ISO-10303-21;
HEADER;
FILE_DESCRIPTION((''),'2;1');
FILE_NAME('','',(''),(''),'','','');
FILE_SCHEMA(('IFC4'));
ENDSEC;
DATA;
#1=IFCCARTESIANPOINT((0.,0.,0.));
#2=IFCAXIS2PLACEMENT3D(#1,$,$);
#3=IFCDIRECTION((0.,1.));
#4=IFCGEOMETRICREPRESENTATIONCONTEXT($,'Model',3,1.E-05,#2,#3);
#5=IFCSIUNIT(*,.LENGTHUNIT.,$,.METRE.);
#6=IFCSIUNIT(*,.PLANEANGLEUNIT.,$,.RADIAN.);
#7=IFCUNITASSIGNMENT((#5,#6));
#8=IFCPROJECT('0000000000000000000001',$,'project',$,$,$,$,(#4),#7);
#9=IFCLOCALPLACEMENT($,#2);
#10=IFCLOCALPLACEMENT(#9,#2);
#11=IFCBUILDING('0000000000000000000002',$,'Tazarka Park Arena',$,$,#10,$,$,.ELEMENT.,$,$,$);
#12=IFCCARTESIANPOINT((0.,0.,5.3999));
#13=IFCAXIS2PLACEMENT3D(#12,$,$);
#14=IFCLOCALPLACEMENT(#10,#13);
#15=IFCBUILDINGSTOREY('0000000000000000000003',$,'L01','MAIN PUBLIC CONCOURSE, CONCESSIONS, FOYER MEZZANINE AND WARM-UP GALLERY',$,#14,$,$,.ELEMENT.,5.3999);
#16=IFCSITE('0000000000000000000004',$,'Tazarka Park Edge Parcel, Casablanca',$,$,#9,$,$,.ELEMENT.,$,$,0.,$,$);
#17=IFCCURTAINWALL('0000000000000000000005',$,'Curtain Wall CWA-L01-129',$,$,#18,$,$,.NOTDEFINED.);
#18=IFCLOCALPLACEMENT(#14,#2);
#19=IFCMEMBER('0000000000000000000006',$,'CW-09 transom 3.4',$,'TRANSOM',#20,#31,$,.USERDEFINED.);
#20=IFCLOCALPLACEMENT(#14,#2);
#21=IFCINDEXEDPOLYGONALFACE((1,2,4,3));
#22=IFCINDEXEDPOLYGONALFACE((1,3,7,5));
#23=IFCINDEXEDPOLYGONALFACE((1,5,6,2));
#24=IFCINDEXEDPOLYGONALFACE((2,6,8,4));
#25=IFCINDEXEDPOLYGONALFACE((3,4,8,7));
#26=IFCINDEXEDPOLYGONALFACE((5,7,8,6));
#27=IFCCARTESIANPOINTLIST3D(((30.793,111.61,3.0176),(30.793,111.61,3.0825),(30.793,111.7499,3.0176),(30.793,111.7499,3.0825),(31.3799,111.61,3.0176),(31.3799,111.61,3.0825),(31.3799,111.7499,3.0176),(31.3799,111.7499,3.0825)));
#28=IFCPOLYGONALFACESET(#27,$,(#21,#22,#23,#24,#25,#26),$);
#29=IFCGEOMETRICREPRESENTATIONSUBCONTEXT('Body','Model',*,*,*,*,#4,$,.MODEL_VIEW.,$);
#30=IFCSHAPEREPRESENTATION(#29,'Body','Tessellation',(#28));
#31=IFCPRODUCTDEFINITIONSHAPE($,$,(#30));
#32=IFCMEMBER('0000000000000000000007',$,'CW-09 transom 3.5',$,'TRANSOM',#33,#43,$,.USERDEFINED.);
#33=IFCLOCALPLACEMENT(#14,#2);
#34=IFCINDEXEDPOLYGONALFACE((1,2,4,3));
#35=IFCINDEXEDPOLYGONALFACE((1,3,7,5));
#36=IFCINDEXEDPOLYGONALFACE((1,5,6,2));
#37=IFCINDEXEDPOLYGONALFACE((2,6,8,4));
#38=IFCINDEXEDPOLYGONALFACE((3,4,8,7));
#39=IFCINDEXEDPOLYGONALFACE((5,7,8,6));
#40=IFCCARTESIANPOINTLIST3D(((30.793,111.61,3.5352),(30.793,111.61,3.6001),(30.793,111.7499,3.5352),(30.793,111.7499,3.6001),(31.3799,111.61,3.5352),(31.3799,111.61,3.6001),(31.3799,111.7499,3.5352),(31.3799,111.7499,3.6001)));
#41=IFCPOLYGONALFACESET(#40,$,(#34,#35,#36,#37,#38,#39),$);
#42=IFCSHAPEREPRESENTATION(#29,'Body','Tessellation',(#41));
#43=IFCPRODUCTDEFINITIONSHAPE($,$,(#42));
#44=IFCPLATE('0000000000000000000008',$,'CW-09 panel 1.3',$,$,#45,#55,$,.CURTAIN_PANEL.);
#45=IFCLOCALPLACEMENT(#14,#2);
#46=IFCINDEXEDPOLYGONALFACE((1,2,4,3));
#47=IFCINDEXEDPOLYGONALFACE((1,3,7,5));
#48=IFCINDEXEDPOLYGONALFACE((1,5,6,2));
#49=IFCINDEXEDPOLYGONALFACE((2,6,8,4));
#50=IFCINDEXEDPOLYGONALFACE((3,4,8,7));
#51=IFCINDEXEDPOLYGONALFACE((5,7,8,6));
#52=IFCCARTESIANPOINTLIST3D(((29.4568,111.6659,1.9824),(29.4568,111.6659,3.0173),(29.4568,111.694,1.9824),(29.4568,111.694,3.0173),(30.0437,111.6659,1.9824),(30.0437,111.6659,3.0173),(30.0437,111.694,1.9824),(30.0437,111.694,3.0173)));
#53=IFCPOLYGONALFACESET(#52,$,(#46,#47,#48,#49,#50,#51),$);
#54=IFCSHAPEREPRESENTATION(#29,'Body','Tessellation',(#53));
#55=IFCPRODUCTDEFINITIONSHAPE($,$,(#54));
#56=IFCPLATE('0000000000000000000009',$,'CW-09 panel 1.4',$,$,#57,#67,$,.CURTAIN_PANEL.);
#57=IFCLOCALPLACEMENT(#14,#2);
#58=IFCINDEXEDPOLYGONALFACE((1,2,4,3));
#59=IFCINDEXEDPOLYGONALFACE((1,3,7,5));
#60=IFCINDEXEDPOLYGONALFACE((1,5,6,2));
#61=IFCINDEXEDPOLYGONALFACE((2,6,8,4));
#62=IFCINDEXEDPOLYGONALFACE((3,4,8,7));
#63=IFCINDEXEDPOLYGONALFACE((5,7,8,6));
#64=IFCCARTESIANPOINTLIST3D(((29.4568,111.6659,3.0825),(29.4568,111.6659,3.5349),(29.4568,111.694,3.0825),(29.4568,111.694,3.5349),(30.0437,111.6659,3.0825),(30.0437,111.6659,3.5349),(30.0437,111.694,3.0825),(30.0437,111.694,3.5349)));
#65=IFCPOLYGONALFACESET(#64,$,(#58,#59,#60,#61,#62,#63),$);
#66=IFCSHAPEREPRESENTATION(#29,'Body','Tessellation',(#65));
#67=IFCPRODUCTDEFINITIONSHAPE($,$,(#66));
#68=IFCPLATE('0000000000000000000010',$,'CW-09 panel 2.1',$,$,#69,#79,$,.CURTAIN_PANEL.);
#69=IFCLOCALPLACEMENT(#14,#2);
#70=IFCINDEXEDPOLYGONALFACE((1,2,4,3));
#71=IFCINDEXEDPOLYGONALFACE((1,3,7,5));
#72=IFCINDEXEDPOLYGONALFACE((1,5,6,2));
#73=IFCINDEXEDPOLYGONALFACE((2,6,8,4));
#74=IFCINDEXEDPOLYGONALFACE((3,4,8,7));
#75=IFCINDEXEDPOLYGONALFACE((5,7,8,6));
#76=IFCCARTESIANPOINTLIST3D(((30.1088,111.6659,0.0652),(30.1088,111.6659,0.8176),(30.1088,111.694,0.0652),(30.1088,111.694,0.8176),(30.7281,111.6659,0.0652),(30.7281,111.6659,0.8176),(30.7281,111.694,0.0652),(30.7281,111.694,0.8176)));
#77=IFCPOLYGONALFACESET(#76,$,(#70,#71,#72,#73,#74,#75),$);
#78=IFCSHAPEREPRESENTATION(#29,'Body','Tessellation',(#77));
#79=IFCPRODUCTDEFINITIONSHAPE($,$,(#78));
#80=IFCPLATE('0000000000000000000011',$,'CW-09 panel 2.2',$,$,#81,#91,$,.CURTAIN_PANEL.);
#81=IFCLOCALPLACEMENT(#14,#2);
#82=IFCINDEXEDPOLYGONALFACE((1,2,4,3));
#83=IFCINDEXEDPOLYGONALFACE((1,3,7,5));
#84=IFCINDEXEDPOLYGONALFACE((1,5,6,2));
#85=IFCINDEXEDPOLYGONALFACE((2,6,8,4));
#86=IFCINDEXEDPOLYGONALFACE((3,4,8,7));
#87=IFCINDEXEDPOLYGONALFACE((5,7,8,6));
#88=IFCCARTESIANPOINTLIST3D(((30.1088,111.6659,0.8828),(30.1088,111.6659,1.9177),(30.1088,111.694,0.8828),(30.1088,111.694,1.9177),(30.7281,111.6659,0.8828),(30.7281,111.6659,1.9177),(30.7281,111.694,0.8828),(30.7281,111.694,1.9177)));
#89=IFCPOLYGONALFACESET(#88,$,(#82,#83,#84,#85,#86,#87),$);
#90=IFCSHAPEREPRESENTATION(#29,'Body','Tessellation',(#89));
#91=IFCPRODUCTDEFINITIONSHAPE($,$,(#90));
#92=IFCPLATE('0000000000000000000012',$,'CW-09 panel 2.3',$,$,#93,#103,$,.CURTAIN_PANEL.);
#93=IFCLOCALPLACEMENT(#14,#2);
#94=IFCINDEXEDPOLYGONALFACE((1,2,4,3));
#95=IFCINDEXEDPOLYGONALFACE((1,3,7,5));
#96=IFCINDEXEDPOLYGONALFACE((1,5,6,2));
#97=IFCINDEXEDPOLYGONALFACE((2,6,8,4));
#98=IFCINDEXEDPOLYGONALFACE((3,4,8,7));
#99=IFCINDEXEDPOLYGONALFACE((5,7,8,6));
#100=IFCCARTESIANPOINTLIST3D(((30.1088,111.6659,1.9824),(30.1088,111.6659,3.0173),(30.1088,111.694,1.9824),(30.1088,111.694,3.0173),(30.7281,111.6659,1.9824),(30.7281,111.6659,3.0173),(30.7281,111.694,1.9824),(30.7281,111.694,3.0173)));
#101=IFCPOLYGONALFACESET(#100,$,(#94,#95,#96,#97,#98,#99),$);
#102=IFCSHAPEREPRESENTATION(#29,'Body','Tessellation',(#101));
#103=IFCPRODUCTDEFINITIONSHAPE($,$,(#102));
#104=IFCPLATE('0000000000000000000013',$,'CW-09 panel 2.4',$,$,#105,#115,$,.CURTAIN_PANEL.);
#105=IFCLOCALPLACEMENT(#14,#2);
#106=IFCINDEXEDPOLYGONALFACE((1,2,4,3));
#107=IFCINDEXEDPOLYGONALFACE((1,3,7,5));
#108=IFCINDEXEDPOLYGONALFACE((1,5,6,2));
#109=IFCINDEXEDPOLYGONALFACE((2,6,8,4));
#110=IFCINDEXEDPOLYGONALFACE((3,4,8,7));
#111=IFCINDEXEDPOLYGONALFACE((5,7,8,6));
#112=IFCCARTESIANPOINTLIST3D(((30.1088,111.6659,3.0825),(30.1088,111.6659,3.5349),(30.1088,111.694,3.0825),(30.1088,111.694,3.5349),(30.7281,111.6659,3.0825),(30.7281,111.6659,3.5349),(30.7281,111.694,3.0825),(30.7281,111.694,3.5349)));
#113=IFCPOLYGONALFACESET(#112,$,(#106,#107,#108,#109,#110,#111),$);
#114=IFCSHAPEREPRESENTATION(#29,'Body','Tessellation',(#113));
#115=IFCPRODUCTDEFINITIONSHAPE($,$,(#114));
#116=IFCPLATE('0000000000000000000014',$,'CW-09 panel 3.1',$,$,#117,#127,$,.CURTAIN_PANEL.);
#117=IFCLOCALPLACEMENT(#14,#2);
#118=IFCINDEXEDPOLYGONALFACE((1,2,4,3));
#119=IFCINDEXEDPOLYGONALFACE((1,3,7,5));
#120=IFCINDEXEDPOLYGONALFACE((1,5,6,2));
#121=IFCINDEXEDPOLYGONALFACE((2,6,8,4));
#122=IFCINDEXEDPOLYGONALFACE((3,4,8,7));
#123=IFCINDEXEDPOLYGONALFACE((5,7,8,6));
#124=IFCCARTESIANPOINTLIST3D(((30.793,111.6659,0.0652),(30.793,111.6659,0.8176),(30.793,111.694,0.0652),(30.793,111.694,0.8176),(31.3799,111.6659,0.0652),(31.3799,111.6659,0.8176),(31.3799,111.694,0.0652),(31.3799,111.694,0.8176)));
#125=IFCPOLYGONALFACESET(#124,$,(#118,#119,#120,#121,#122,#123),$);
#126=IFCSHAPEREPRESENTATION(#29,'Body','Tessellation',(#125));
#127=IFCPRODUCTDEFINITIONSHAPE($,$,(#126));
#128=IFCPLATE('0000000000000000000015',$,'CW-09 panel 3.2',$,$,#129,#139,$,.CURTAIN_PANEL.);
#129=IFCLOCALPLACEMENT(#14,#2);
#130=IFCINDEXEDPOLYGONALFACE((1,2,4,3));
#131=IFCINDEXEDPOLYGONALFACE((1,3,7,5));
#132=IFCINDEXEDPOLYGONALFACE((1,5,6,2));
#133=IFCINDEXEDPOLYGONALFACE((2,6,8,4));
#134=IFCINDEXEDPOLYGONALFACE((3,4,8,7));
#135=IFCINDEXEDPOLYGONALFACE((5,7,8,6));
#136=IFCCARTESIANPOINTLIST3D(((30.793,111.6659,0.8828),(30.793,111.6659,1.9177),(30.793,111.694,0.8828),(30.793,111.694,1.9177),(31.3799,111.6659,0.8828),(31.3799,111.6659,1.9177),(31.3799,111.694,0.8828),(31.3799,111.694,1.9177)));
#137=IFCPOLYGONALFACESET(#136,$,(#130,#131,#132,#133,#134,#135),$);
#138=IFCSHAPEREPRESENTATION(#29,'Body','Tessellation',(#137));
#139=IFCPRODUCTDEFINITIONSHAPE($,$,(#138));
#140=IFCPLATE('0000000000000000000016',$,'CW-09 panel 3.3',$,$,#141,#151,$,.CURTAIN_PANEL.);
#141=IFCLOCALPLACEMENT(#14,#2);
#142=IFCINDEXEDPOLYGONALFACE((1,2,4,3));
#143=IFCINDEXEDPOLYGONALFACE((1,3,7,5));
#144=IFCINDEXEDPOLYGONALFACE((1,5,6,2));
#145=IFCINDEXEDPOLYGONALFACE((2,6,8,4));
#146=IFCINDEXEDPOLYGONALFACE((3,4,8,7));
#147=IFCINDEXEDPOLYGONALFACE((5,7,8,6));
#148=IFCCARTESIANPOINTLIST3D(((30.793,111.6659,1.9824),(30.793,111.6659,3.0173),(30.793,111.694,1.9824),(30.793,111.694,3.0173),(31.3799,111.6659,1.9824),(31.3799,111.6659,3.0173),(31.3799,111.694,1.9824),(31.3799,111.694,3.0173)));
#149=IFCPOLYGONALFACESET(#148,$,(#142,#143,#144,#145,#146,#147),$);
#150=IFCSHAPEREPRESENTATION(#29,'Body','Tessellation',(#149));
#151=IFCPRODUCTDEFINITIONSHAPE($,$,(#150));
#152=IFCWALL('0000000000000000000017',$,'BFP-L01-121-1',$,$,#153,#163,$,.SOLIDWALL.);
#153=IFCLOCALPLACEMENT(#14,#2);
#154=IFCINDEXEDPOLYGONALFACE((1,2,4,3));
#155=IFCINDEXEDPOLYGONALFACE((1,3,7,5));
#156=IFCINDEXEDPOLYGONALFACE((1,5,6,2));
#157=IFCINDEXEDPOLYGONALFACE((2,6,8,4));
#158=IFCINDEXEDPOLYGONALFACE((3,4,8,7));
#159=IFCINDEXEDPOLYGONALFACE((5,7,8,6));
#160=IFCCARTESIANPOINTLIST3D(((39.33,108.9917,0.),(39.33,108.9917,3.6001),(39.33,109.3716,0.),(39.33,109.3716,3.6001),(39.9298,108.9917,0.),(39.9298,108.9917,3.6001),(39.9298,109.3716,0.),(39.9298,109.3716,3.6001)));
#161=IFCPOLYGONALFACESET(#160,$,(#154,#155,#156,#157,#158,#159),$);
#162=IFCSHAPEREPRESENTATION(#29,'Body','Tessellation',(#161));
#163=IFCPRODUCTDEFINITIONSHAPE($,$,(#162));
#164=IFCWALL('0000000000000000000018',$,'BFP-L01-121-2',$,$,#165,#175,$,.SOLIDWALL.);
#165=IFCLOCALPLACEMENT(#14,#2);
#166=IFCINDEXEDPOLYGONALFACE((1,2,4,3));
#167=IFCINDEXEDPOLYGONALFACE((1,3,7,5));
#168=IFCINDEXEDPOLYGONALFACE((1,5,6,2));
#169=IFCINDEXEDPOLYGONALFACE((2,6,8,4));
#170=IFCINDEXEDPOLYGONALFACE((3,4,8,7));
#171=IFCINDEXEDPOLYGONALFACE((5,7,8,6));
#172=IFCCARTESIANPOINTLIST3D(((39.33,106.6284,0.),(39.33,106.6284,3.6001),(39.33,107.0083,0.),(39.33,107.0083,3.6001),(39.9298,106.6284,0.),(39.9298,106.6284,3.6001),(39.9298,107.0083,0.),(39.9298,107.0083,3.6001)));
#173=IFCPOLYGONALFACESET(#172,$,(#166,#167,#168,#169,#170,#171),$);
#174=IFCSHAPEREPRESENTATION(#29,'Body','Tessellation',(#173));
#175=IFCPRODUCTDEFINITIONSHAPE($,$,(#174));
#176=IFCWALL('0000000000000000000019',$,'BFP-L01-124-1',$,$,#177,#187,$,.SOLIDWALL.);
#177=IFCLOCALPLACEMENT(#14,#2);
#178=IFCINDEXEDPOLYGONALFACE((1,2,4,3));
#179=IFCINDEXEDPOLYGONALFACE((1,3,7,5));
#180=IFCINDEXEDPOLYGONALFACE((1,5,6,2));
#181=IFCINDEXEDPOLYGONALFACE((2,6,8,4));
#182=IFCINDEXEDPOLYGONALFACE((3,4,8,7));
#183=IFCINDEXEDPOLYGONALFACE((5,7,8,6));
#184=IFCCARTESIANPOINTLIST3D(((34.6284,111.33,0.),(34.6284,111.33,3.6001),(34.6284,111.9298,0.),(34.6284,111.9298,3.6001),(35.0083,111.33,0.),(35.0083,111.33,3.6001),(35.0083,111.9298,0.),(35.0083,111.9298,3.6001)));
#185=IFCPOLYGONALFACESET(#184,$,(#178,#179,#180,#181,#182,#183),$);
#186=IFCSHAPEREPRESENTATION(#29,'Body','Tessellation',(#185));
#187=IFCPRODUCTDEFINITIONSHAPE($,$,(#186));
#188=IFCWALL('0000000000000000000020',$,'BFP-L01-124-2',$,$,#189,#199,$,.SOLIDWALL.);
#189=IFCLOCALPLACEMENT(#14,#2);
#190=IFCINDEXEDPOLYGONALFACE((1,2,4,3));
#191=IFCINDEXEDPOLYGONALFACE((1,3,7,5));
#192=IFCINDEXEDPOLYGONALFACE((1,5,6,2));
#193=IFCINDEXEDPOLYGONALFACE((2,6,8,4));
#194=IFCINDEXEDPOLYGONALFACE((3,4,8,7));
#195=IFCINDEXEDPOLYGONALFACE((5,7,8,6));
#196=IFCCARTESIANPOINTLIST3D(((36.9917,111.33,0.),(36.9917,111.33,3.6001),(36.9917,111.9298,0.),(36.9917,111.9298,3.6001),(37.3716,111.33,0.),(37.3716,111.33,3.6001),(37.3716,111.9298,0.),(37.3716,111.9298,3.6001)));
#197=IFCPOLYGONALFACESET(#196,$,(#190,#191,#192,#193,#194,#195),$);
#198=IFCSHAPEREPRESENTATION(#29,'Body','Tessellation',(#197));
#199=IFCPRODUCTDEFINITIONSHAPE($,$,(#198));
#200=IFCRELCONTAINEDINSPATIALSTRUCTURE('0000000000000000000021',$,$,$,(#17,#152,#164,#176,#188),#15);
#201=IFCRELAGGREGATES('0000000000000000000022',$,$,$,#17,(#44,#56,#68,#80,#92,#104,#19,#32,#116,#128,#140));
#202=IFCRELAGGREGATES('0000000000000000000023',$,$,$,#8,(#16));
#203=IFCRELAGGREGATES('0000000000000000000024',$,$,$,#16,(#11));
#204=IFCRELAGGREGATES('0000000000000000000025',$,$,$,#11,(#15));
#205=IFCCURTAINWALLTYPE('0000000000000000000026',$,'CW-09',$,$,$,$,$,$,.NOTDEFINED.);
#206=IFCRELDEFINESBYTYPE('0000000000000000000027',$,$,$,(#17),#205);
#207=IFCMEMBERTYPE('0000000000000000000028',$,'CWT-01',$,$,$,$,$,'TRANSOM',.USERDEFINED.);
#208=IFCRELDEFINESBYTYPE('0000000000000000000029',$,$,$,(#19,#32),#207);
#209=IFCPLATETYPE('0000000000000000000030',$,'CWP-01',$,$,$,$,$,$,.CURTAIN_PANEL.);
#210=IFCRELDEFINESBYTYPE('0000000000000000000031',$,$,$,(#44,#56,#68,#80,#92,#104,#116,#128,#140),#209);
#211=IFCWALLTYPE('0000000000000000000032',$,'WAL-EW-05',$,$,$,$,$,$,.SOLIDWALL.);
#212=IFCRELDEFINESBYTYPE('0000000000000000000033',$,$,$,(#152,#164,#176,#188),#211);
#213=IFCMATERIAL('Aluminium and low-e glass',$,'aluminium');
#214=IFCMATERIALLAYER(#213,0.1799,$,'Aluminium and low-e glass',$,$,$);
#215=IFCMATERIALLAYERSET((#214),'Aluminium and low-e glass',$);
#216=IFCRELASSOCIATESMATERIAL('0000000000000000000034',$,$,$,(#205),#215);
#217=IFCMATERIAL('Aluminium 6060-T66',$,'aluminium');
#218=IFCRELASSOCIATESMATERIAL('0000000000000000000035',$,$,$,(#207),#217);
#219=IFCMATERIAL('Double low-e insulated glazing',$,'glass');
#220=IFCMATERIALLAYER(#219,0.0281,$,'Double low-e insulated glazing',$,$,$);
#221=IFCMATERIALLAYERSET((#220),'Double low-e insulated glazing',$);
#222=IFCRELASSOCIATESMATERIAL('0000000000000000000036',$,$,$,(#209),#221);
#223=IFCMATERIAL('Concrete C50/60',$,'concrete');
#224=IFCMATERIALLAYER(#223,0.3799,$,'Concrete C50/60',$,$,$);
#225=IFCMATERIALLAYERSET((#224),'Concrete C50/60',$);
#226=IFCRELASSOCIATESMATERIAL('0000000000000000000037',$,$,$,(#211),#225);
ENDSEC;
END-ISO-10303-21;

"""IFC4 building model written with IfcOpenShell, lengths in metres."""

from ifc_helpers import new_model, si_unit, direction, frame, frame_2d, origin, origin_2d, place, context, subcontext, project, spatial, rectangle, extrude, material, layer, layer_set, material_profile, profile_set, type_object, element, aggregate, save


model = new_model("IFC4")

# Units and contexts
model_context = context("Model", 3, precision=1e-05, world=origin(), true_north=direction((0.0, 1.0)))
body_context = subcontext(model_context, "Body", "Model", "MODEL_VIEW")
ifc_project = project(units=[si_unit("LENGTHUNIT", "METRE"), si_unit("PLANEANGLEUNIT", "RADIAN")], contexts=[model_context])

# Site, building, storey
site_placement = place(None, origin())
site = spatial("IfcSite", under=ifc_project, at=site_placement, Name="Tazarka Park Edge Parcel, Casablanca", CompositionType="ELEMENT", RefElevation=0.0)
building_placement = place(site_placement, origin())
building = spatial("IfcBuilding", under=site, at=building_placement, Name="Tazarka Park Arena", CompositionType="ELEMENT")
storey_placement = place(building_placement, frame((0.0, 0.0, 5.3999)))
storey = spatial("IfcBuildingStorey", under=building, at=storey_placement, Name="L01", Description="MAIN PUBLIC CONCOURSE, CONCESSIONS, FOYER MEZZANINE AND WARM-UP GALLERY", CompositionType="ELEMENT", Elevation=5.3999)

# Curtain wall
ifc_material_1 = material(Name="Aluminium and low-e glass", Category="aluminium")
ifc_layer_1 = layer(ifc_material_1, 0.1799, Name="Aluminium and low-e glass")
ifc_layer_set_1 = layer_set([ifc_layer_1], Name="Aluminium and low-e glass")
curtain_wall_type_1 = type_object("IfcCurtainWallType", Name="CW-09", PredefinedType="NOTDEFINED", material=ifc_layer_set_1)
curtain_wall_1_placement = place(storey_placement, origin())
curtain_wall_1 = element("IfcCurtainWall", 1, at=curtain_wall_1_placement, inside=storey, type_object=curtain_wall_type_1, Name="Curtain Wall CWA-L01-129", PredefinedType="NOTDEFINED")

# Shared definitions
ifc_material_2 = material(Name="Aluminium 6060-T66", Category="aluminium")
ifc_material_profile_1 = material_profile(ifc_material_2, rectangle(XDim=0.1399, YDim=0.0649, at=origin_2d()), Name="Aluminium 6060-T66")
ifc_profile_set_1 = profile_set([ifc_material_profile_1], Name="Aluminium 6060-T66")
member_type_1 = type_object("IfcMemberType", Name="CWT-01", ElementType="TRANSOM", PredefinedType="USERDEFINED", material=ifc_profile_set_1)

# Members
member_1_placement = place(storey_placement, frame((30.793, 111.6799, 3.05), z_axis=(1.0, 0.0, 0.0), x_axis=(0.0, 1.0, 0.0)))
member_1 = element("IfcMember", 2, at=member_1_placement, type_object=member_type_1, Name="CW-09 transom 3.4", ObjectType="TRANSOM", PredefinedType="USERDEFINED", context=body_context, shape_type="SweptSolid", body=[
    extrude(rectangle(XDim=0.1399, YDim=0.0649, at=origin_2d()), origin(), (0.0, 0.0, 1.0), 0.5869),
])
member_2_placement = place(storey_placement, frame((30.793, 111.6799, 3.5676), z_axis=(1.0, 0.0, 0.0), x_axis=(0.0, 1.0, 0.0)))
member_2 = element("IfcMember", 3, at=member_2_placement, type_object=member_type_1, Name="CW-09 transom 3.5", ObjectType="TRANSOM", PredefinedType="USERDEFINED", context=body_context, shape_type="SweptSolid", body=[
    extrude(rectangle(XDim=0.1399, YDim=0.0649, at=origin_2d()), origin(), (0.0, 0.0, 1.0), 0.5869),
])

# Plates
ifc_material_3 = material(Name="Double low-e insulated glazing", Category="glass")
ifc_layer_2 = layer(ifc_material_3, 0.0281, Name="Double low-e insulated glazing")
ifc_layer_set_2 = layer_set([ifc_layer_2], Name="Double low-e insulated glazing")
plate_type = type_object("IfcPlateType", Name="CWP-01", PredefinedType="CURTAIN_PANEL", material=ifc_layer_set_2)
plate_1_placement = place(storey_placement, frame((29.7502, 111.6799, 1.9824), z_axis=(0.0, 0.0, 1.0), x_axis=(1.0, 0.0, 0.0)))
plate_1 = element("IfcPlate", 4, at=plate_1_placement, type_object=plate_type, Name="CW-09 panel 1.3", PredefinedType="CURTAIN_PANEL", context=body_context, shape_type="SweptSolid", body=[
    extrude(rectangle(XDim=0.5869, YDim=0.0281, at=origin_2d()), origin(), (0.0, 0.0, 1.0), 1.0349),
])
plate_2_placement = place(storey_placement, frame((29.7502, 111.6799, 3.0825), z_axis=(0.0, 0.0, 1.0), x_axis=(1.0, 0.0, 0.0)))
plate_2 = element("IfcPlate", 5, at=plate_2_placement, type_object=plate_type, Name="CW-09 panel 1.4", PredefinedType="CURTAIN_PANEL", context=body_context, shape_type="SweptSolid", body=[
    extrude(rectangle(XDim=0.5869, YDim=0.0281, at=origin_2d()), origin(), (0.0, 0.0, 1.0), 0.4524),
])
plate_3_placement = place(storey_placement, frame((30.4185, 111.6799, 0.0652), z_axis=(0.0, 0.0, 1.0), x_axis=(1.0, 0.0, 0.0)))
plate_3 = element("IfcPlate", 6, at=plate_3_placement, type_object=plate_type, Name="CW-09 panel 2.1", PredefinedType="CURTAIN_PANEL", context=body_context, shape_type="SweptSolid", body=[
    extrude(rectangle(XDim=0.6194, YDim=0.0281, at=origin_2d()), origin(), (0.0, 0.0, 1.0), 0.7524),
])
plate_4_placement = place(storey_placement, frame((30.4185, 111.6799, 0.8828), z_axis=(0.0, 0.0, 1.0), x_axis=(1.0, 0.0, 0.0)))
plate_4 = element("IfcPlate", 7, at=plate_4_placement, type_object=plate_type, Name="CW-09 panel 2.2", PredefinedType="CURTAIN_PANEL", context=body_context, shape_type="SweptSolid", body=[
    extrude(rectangle(XDim=0.6194, YDim=0.0281, at=origin_2d()), origin(), (0.0, 0.0, 1.0), 1.0349),
])
plate_5_placement = place(storey_placement, frame((30.4185, 111.6799, 1.9824), z_axis=(0.0, 0.0, 1.0), x_axis=(1.0, 0.0, 0.0)))
plate_5 = element("IfcPlate", 8, at=plate_5_placement, type_object=plate_type, Name="CW-09 panel 2.3", PredefinedType="CURTAIN_PANEL", context=body_context, shape_type="SweptSolid", body=[
    extrude(rectangle(XDim=0.6194, YDim=0.0281, at=origin_2d()), origin(), (0.0, 0.0, 1.0), 1.0349),
])
plate_6_placement = place(storey_placement, frame((30.4185, 111.6799, 3.0825), z_axis=(0.0, 0.0, 1.0), x_axis=(1.0, 0.0, 0.0)))
plate_6 = element("IfcPlate", 9, at=plate_6_placement, type_object=plate_type, Name="CW-09 panel 2.4", PredefinedType="CURTAIN_PANEL", context=body_context, shape_type="SweptSolid", body=[
    extrude(rectangle(XDim=0.6194, YDim=0.0281, at=origin_2d()), origin(), (0.0, 0.0, 1.0), 0.4524),
])
plate_7_placement = place(storey_placement, frame((31.0864, 111.6799, 0.0652), z_axis=(0.0, 0.0, 1.0), x_axis=(1.0, 0.0, 0.0)))
plate_7 = element("IfcPlate", 10, at=plate_7_placement, type_object=plate_type, Name="CW-09 panel 3.1", PredefinedType="CURTAIN_PANEL", context=body_context, shape_type="SweptSolid", body=[
    extrude(rectangle(XDim=0.5869, YDim=0.0281, at=origin_2d()), origin(), (0.0, 0.0, 1.0), 0.7524),
])
plate_8_placement = place(storey_placement, frame((31.0864, 111.6799, 0.8828), z_axis=(0.0, 0.0, 1.0), x_axis=(1.0, 0.0, 0.0)))
plate_8 = element("IfcPlate", 11, at=plate_8_placement, type_object=plate_type, Name="CW-09 panel 3.2", PredefinedType="CURTAIN_PANEL", context=body_context, shape_type="SweptSolid", body=[
    extrude(rectangle(XDim=0.5869, YDim=0.0281, at=origin_2d()), origin(), (0.0, 0.0, 1.0), 1.0349),
])
plate_9_placement = place(storey_placement, frame((31.0864, 111.6799, 1.9824), z_axis=(0.0, 0.0, 1.0), x_axis=(1.0, 0.0, 0.0)))
plate_9 = element("IfcPlate", 12, at=plate_9_placement, type_object=plate_type, Name="CW-09 panel 3.3", PredefinedType="CURTAIN_PANEL", context=body_context, shape_type="SweptSolid", body=[
    extrude(rectangle(XDim=0.5869, YDim=0.0281, at=origin_2d()), origin(), (0.0, 0.0, 1.0), 1.0349),
])
aggregate(curtain_wall_1, [plate_1, plate_2, plate_3, plate_4, plate_5, plate_6, member_1, member_2, plate_7, plate_8, plate_9])

# Walls
ifc_material_4 = material(Name="Concrete C50/60", Category="concrete")
ifc_layer_3 = layer(ifc_material_4, 0.3799, Name="Concrete C50/60")
ifc_layer_set_3 = layer_set([ifc_layer_3], Name="Concrete C50/60")
wall_type = type_object("IfcWallType", Name="WAL-EW-05", PredefinedType="SOLIDWALL", material=ifc_layer_set_3)
for number, where, z_axis, x_axis, name in (
    (13, (39.3301, 109.1816, 0.0), (0.0, 0.0, 1.0), (1.0, 0.0, 0.0), "BFP-L01-121-1"),
    (14, (39.3301, 106.8184, 0.0), (0.0, 0.0, 1.0), (1.0, 0.0, 0.0), "BFP-L01-121-2"),
    (15, (34.8184, 111.3301, 0.0), (0.0, 0.0, 1.0), (0.0, 1.0, 0.0), "BFP-L01-124-1"),
    (16, (37.1816, 111.3301, 0.0), (0.0, 0.0, 1.0), (0.0, 1.0, 0.0), "BFP-L01-124-2"),
):
    element("IfcWall", number, at=place(storey_placement, frame(where, z_axis=z_axis, x_axis=x_axis)), inside=storey, type_object=wall_type, Name=name, PredefinedType="SOLIDWALL", context=body_context, shape_type="SweptSolid", body=[
        extrude(rectangle(XDim=0.5999, YDim=0.3799, at=frame_2d((0.2998, 0.0))), origin(), (0.0, 0.0, 1.0), 3.6001),
    ])

save(model, "model.ifc")
